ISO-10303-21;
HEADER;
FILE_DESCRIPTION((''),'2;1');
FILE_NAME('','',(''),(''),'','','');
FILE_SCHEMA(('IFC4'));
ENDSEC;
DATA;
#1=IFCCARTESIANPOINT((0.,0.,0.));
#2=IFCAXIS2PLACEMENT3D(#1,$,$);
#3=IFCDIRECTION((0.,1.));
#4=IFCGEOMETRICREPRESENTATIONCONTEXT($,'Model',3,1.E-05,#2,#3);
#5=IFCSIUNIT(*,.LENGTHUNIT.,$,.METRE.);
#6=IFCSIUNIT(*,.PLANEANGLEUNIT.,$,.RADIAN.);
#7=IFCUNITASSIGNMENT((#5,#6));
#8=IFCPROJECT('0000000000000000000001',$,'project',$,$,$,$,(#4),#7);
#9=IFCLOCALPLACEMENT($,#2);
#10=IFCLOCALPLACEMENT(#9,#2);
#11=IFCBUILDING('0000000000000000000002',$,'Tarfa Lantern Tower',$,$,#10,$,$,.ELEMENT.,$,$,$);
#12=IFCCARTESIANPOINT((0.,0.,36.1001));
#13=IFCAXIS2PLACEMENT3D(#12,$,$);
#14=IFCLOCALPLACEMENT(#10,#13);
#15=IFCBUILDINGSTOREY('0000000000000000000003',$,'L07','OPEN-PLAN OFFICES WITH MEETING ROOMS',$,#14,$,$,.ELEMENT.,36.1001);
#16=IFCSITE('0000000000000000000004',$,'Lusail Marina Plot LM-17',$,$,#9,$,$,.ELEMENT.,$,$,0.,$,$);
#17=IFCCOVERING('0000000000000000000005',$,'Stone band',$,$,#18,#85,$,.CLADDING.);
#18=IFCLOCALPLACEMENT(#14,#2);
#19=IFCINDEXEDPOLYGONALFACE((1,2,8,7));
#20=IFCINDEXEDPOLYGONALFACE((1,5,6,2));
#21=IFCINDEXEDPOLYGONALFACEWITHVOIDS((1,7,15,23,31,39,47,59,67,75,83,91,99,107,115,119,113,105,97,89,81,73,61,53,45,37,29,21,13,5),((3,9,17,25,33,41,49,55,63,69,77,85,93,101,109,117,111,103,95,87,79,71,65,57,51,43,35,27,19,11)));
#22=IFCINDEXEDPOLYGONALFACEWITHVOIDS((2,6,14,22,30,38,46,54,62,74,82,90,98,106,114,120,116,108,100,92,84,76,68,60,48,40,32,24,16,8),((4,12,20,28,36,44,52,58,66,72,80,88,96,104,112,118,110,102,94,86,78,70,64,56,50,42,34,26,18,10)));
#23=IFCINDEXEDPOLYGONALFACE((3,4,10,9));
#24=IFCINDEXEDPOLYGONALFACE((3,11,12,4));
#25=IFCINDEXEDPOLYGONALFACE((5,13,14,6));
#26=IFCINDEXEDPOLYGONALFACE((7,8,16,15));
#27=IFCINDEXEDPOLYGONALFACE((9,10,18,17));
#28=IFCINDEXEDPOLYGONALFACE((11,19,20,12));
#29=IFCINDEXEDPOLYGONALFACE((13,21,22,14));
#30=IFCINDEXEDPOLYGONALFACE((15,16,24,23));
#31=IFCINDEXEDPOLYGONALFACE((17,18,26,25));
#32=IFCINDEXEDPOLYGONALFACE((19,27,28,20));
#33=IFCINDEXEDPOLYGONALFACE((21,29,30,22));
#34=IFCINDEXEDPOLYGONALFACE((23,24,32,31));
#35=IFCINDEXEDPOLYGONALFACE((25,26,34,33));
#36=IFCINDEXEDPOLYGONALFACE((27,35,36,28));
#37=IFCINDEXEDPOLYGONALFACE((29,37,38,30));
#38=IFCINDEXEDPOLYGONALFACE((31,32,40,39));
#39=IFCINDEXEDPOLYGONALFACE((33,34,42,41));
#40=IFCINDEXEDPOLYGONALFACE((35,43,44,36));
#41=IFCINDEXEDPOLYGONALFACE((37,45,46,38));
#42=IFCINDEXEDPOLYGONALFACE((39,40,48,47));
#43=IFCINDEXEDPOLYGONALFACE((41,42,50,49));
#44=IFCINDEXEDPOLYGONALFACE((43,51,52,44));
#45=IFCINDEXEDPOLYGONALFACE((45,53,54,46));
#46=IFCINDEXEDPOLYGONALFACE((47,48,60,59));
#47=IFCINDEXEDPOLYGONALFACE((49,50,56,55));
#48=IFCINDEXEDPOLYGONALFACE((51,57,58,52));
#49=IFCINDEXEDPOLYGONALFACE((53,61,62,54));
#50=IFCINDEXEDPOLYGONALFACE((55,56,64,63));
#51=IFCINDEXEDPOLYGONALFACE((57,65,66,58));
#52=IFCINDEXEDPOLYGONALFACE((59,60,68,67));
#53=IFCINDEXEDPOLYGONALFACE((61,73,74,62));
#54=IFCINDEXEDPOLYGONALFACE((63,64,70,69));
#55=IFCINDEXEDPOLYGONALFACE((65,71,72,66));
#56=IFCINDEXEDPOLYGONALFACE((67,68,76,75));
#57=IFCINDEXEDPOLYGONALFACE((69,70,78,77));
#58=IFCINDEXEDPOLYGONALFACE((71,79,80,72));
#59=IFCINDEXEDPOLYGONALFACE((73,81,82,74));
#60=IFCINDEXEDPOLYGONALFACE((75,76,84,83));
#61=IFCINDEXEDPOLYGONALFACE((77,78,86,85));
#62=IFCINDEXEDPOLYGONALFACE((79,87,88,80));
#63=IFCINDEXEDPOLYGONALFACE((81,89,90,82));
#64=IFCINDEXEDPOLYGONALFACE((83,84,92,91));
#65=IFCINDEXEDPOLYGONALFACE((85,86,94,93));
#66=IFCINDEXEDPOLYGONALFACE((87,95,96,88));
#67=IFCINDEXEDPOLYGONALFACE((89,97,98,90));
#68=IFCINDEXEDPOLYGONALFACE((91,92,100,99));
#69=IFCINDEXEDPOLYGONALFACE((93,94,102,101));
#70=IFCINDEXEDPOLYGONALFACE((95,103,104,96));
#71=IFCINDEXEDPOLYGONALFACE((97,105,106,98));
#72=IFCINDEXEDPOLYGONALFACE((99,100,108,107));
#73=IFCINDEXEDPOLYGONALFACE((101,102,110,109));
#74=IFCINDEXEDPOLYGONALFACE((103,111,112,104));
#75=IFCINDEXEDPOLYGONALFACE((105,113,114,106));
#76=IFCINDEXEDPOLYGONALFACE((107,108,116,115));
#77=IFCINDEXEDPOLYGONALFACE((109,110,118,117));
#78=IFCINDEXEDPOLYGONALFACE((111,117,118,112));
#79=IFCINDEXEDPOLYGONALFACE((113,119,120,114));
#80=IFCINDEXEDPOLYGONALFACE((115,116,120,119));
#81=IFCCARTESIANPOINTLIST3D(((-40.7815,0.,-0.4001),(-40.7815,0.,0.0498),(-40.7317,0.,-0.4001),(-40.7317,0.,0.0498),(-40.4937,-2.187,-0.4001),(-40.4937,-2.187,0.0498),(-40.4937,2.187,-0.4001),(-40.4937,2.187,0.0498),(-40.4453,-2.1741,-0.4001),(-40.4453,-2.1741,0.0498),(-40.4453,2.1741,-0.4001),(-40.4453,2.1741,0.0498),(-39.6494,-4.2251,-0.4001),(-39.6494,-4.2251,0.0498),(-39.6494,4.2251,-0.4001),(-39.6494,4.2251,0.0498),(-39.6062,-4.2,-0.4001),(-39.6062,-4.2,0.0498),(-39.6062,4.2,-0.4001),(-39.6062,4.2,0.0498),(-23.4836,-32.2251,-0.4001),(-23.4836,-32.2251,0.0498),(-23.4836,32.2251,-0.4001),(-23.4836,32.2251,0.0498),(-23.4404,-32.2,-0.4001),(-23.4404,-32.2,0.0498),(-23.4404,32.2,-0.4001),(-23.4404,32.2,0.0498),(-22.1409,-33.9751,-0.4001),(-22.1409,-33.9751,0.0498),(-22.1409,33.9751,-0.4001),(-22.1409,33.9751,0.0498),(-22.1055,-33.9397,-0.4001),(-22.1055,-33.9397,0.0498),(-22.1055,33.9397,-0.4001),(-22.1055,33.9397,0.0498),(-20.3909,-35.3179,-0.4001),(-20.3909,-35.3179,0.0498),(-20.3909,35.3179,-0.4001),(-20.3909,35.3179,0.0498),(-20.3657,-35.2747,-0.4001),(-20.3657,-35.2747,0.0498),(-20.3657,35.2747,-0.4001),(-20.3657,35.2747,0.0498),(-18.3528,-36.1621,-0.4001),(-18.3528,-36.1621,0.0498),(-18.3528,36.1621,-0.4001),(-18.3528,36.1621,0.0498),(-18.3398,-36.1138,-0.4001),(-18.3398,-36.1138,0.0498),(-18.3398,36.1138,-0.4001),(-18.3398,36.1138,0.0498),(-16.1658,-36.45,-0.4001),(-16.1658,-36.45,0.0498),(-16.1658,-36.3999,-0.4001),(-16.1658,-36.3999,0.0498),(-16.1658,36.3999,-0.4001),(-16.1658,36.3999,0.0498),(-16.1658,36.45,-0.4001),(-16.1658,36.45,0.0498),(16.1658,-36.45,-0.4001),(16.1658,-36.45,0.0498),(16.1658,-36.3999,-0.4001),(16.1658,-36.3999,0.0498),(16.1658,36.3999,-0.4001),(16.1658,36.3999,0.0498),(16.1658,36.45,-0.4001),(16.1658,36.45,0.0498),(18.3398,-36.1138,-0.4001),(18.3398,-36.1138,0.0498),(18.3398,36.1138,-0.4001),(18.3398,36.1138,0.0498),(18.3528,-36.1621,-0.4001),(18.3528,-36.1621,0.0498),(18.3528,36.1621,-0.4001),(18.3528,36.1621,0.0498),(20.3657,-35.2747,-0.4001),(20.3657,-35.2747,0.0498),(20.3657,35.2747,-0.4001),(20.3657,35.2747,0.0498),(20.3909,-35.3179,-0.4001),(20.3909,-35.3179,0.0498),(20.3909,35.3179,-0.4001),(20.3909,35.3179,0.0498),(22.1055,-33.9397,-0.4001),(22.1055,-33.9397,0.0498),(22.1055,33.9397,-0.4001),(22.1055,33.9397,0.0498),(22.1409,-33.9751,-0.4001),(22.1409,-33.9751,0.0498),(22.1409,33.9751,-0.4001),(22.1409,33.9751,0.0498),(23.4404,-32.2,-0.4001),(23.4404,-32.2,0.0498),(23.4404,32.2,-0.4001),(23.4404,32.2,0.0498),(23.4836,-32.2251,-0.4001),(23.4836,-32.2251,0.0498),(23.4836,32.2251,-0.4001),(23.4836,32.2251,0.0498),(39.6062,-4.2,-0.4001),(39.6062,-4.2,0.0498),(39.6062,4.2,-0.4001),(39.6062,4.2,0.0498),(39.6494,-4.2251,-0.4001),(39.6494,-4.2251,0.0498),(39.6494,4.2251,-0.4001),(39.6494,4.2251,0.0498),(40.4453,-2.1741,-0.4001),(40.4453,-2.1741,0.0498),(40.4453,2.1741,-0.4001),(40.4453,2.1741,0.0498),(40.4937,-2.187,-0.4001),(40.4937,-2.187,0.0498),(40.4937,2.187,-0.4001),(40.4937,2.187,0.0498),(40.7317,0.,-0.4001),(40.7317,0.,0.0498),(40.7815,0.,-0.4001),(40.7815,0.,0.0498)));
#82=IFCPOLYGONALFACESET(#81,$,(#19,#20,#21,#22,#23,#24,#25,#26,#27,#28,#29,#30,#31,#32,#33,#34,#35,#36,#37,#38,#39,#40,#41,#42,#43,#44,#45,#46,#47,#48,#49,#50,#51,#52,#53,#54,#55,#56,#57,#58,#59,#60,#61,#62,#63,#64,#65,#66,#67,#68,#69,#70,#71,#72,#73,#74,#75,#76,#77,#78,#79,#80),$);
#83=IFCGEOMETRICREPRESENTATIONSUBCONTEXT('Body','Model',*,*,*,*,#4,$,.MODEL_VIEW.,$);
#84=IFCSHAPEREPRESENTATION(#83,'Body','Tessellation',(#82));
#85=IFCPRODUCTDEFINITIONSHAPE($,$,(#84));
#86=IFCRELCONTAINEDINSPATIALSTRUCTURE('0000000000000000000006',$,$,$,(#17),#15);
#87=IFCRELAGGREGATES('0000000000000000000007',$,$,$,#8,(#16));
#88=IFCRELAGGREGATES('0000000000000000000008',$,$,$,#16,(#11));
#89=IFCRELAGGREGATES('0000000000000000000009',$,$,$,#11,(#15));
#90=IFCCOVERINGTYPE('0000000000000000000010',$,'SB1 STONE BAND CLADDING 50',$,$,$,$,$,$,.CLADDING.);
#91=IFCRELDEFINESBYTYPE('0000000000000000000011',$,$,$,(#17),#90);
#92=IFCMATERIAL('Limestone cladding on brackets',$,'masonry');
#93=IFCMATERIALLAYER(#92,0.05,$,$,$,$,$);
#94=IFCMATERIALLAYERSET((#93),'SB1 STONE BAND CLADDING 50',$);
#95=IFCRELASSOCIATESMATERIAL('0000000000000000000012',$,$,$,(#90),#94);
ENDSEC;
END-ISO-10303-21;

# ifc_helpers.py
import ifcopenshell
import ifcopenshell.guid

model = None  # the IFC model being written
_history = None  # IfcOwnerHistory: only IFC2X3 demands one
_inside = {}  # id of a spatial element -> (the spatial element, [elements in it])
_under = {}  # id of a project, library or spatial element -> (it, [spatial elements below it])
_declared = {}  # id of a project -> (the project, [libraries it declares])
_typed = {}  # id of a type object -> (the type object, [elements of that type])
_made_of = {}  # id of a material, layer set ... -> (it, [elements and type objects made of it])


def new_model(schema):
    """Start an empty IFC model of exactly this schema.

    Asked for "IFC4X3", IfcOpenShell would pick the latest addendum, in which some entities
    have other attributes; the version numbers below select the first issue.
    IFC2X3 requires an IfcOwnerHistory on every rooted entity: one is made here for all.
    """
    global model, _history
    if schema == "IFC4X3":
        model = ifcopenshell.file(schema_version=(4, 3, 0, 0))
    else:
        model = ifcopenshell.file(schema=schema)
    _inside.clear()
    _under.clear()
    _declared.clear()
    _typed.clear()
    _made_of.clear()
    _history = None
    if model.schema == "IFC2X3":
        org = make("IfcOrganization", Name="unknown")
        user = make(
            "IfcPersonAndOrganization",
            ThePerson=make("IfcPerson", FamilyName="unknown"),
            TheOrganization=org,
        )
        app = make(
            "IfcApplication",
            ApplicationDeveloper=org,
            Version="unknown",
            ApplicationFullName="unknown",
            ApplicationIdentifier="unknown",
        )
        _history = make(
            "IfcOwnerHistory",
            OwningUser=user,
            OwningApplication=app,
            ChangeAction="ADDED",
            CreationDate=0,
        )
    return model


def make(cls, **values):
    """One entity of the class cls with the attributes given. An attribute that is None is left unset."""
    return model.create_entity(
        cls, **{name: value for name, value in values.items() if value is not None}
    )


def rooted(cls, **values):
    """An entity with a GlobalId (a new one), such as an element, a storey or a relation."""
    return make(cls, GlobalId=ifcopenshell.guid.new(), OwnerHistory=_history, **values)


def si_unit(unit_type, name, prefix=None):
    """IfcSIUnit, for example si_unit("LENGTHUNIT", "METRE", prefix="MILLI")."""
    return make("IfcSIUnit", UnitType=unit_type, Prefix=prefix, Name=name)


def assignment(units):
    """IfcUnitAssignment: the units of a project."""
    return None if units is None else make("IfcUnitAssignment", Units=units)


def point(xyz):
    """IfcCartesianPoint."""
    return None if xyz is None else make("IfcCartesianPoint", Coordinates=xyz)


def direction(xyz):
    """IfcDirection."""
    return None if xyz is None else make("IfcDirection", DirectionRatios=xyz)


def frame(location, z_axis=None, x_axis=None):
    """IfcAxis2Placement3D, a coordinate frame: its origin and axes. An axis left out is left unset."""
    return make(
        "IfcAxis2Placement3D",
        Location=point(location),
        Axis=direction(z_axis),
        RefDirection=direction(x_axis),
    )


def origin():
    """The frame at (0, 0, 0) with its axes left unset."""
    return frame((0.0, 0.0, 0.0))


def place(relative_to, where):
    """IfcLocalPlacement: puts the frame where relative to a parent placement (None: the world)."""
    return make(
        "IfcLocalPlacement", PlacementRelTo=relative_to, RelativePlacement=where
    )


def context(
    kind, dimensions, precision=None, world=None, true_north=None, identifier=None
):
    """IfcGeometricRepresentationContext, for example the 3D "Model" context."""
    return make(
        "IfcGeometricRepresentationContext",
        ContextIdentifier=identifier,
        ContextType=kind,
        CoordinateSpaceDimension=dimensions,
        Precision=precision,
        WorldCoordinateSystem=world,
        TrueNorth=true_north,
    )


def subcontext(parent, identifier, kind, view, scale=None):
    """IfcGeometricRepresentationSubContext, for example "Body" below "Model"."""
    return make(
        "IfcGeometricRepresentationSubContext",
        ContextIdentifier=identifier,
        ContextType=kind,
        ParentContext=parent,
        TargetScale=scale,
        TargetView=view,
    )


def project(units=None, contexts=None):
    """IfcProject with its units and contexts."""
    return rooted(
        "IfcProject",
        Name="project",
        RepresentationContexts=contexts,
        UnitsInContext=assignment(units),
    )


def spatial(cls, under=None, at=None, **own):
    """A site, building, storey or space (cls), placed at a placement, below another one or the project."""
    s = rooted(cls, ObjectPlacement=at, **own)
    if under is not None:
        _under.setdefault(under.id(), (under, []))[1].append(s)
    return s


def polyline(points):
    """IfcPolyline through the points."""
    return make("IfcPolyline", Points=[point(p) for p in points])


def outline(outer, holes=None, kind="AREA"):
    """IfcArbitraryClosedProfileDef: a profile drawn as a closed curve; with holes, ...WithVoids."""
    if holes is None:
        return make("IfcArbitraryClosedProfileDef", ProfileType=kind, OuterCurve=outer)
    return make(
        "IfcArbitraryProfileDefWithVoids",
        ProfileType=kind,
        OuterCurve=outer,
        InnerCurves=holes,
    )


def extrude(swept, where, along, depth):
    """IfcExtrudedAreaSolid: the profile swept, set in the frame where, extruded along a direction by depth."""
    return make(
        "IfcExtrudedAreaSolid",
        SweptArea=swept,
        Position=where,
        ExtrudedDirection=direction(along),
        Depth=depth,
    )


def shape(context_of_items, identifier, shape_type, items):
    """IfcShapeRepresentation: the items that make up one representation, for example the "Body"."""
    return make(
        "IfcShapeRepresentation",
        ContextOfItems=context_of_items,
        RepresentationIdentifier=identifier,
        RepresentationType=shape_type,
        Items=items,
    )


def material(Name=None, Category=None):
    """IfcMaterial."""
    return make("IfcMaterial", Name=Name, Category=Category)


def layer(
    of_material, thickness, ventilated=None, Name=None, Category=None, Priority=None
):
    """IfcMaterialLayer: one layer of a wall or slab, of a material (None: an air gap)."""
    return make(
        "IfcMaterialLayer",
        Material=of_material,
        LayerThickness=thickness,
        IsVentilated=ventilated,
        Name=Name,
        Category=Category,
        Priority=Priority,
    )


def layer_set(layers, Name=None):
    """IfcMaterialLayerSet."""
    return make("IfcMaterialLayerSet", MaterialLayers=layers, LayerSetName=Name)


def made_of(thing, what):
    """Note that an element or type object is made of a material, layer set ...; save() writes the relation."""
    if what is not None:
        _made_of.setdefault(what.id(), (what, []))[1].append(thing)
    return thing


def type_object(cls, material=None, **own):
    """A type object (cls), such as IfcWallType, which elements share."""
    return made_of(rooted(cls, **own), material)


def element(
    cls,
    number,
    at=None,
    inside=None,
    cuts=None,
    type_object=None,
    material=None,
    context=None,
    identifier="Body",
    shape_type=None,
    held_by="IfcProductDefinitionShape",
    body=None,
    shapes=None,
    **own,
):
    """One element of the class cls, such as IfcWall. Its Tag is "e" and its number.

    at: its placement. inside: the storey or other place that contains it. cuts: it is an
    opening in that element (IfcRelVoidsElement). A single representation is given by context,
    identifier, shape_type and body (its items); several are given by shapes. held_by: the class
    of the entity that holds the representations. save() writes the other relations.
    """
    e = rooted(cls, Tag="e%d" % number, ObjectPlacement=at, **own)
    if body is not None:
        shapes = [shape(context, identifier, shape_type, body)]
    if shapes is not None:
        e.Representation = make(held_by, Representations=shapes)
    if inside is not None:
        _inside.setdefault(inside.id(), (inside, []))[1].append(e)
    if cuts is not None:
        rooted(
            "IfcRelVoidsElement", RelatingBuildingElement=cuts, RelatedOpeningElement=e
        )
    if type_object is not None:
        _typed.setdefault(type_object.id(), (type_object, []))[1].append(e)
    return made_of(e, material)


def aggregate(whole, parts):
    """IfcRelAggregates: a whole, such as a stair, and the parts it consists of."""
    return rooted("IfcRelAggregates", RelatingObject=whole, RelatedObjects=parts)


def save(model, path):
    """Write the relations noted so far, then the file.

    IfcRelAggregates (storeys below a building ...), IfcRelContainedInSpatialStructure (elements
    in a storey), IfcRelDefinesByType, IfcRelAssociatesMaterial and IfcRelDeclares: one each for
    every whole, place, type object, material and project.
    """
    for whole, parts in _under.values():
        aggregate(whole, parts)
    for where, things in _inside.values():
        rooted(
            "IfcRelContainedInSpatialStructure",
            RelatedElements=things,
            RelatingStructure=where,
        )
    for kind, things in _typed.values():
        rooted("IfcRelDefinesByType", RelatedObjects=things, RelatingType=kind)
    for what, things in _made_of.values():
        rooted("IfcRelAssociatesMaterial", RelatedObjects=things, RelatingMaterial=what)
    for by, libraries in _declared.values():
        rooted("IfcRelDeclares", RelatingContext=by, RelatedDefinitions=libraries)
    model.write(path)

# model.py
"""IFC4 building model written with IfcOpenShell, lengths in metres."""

from ifc_helpers import new_model, si_unit, direction, frame, origin, place, context, subcontext, project, spatial, polyline, outline, extrude, material, layer, layer_set, type_object, element, save


model = new_model("IFC4")

# Units and contexts
model_context = context("Model", 3, precision=1e-05, world=origin(), true_north=direction((0.0, 1.0)))
body_context = subcontext(model_context, "Body", "Model", "MODEL_VIEW")
ifc_project = project(units=[si_unit("LENGTHUNIT", "METRE"), si_unit("PLANEANGLEUNIT", "RADIAN")], contexts=[model_context])

# Site, building, storey
site_placement = place(None, origin())
site = spatial("IfcSite", under=ifc_project, at=site_placement, Name="Lusail Marina Plot LM-17", CompositionType="ELEMENT", RefElevation=0.0)
building_placement = place(site_placement, origin())
building = spatial("IfcBuilding", under=site, at=building_placement, Name="Tarfa Lantern Tower", CompositionType="ELEMENT")
storey_placement = place(building_placement, frame((0.0, 0.0, 36.1001)))
storey = spatial("IfcBuildingStorey", under=building, at=storey_placement, Name="L07", Description="OPEN-PLAN OFFICES WITH MEETING ROOMS", CompositionType="ELEMENT", Elevation=36.1001)

# Covering
ifc_material_1 = material(Name="Limestone cladding on brackets", Category="masonry")
ifc_layer_1 = layer(ifc_material_1, 0.05)
ifc_layer_set_1 = layer_set([ifc_layer_1], Name="SB1 STONE BAND CLADDING 50")
covering_type_1 = type_object("IfcCoveringType", Name="SB1 STONE BAND CLADDING 50", PredefinedType="CLADDING", material=ifc_layer_set_1)
covering_1_placement = place(storey_placement, frame((0.0, 0.0, -0.4001)))
element("IfcCovering", 1, at=covering_1_placement, inside=storey, type_object=covering_type_1, Name="Stone band", PredefinedType="CLADDING", context=body_context, shape_type="SweptSolid", body=[
    extrude(outline(polyline([(39.6494, 4.2251), (23.4836, 32.2251), (22.1409, 33.9751), (20.3909, 35.3179), (18.3528, 36.1621), (16.1658, 36.45), (-16.1658, 36.45), (-18.3528, 36.1621), (-20.3909, 35.3179), (-22.1409, 33.9751), (-23.4836, 32.2251), (-39.6494, 4.2251), (-40.4937, 2.187), (-40.7815, 0.0), (-40.4937, -2.187), (-39.6494, -4.2251), (-23.4836, -32.2251), (-22.1409, -33.9751), (-20.3909, -35.3179), (-18.3528, -36.1621), (-16.1658, -36.45), (16.1658, -36.45), (18.3528, -36.1621), (20.3909, -35.3179), (22.1409, -33.9751), (23.4836, -32.2251), (39.6494, -4.2251), (40.4937, -2.187), (40.7815, 0.0), (40.4937, 2.187), (39.6494, 4.2251)]), holes=[polyline([(39.6062, 4.2), (23.4404, 32.2), (22.1055, 33.9397), (20.3657, 35.2747), (18.3398, 36.1138), (16.1658, 36.3999), (-16.1658, 36.3999), (-18.3398, 36.1138), (-20.3657, 35.2747), (-22.1055, 33.9397), (-23.4404, 32.2), (-39.6062, 4.2), (-40.4453, 2.1741), (-40.7317, 0.0), (-40.4453, -2.1741), (-39.6062, -4.2), (-23.4404, -32.2), (-22.1055, -33.9397), (-20.3657, -35.2747), (-18.3398, -36.1138), (-16.1658, -36.3999), (16.1658, -36.3999), (18.3398, -36.1138), (20.3657, -35.2747), (22.1055, -33.9397), (23.4404, -32.2), (39.6062, -4.2), (40.4453, -2.1741), (40.7317, 0.0), (40.4453, 2.1741), (39.6062, 4.2)])]), origin(), (0.0, 0.0, 1.0), 0.45),
])

save(model, "model.ifc")
